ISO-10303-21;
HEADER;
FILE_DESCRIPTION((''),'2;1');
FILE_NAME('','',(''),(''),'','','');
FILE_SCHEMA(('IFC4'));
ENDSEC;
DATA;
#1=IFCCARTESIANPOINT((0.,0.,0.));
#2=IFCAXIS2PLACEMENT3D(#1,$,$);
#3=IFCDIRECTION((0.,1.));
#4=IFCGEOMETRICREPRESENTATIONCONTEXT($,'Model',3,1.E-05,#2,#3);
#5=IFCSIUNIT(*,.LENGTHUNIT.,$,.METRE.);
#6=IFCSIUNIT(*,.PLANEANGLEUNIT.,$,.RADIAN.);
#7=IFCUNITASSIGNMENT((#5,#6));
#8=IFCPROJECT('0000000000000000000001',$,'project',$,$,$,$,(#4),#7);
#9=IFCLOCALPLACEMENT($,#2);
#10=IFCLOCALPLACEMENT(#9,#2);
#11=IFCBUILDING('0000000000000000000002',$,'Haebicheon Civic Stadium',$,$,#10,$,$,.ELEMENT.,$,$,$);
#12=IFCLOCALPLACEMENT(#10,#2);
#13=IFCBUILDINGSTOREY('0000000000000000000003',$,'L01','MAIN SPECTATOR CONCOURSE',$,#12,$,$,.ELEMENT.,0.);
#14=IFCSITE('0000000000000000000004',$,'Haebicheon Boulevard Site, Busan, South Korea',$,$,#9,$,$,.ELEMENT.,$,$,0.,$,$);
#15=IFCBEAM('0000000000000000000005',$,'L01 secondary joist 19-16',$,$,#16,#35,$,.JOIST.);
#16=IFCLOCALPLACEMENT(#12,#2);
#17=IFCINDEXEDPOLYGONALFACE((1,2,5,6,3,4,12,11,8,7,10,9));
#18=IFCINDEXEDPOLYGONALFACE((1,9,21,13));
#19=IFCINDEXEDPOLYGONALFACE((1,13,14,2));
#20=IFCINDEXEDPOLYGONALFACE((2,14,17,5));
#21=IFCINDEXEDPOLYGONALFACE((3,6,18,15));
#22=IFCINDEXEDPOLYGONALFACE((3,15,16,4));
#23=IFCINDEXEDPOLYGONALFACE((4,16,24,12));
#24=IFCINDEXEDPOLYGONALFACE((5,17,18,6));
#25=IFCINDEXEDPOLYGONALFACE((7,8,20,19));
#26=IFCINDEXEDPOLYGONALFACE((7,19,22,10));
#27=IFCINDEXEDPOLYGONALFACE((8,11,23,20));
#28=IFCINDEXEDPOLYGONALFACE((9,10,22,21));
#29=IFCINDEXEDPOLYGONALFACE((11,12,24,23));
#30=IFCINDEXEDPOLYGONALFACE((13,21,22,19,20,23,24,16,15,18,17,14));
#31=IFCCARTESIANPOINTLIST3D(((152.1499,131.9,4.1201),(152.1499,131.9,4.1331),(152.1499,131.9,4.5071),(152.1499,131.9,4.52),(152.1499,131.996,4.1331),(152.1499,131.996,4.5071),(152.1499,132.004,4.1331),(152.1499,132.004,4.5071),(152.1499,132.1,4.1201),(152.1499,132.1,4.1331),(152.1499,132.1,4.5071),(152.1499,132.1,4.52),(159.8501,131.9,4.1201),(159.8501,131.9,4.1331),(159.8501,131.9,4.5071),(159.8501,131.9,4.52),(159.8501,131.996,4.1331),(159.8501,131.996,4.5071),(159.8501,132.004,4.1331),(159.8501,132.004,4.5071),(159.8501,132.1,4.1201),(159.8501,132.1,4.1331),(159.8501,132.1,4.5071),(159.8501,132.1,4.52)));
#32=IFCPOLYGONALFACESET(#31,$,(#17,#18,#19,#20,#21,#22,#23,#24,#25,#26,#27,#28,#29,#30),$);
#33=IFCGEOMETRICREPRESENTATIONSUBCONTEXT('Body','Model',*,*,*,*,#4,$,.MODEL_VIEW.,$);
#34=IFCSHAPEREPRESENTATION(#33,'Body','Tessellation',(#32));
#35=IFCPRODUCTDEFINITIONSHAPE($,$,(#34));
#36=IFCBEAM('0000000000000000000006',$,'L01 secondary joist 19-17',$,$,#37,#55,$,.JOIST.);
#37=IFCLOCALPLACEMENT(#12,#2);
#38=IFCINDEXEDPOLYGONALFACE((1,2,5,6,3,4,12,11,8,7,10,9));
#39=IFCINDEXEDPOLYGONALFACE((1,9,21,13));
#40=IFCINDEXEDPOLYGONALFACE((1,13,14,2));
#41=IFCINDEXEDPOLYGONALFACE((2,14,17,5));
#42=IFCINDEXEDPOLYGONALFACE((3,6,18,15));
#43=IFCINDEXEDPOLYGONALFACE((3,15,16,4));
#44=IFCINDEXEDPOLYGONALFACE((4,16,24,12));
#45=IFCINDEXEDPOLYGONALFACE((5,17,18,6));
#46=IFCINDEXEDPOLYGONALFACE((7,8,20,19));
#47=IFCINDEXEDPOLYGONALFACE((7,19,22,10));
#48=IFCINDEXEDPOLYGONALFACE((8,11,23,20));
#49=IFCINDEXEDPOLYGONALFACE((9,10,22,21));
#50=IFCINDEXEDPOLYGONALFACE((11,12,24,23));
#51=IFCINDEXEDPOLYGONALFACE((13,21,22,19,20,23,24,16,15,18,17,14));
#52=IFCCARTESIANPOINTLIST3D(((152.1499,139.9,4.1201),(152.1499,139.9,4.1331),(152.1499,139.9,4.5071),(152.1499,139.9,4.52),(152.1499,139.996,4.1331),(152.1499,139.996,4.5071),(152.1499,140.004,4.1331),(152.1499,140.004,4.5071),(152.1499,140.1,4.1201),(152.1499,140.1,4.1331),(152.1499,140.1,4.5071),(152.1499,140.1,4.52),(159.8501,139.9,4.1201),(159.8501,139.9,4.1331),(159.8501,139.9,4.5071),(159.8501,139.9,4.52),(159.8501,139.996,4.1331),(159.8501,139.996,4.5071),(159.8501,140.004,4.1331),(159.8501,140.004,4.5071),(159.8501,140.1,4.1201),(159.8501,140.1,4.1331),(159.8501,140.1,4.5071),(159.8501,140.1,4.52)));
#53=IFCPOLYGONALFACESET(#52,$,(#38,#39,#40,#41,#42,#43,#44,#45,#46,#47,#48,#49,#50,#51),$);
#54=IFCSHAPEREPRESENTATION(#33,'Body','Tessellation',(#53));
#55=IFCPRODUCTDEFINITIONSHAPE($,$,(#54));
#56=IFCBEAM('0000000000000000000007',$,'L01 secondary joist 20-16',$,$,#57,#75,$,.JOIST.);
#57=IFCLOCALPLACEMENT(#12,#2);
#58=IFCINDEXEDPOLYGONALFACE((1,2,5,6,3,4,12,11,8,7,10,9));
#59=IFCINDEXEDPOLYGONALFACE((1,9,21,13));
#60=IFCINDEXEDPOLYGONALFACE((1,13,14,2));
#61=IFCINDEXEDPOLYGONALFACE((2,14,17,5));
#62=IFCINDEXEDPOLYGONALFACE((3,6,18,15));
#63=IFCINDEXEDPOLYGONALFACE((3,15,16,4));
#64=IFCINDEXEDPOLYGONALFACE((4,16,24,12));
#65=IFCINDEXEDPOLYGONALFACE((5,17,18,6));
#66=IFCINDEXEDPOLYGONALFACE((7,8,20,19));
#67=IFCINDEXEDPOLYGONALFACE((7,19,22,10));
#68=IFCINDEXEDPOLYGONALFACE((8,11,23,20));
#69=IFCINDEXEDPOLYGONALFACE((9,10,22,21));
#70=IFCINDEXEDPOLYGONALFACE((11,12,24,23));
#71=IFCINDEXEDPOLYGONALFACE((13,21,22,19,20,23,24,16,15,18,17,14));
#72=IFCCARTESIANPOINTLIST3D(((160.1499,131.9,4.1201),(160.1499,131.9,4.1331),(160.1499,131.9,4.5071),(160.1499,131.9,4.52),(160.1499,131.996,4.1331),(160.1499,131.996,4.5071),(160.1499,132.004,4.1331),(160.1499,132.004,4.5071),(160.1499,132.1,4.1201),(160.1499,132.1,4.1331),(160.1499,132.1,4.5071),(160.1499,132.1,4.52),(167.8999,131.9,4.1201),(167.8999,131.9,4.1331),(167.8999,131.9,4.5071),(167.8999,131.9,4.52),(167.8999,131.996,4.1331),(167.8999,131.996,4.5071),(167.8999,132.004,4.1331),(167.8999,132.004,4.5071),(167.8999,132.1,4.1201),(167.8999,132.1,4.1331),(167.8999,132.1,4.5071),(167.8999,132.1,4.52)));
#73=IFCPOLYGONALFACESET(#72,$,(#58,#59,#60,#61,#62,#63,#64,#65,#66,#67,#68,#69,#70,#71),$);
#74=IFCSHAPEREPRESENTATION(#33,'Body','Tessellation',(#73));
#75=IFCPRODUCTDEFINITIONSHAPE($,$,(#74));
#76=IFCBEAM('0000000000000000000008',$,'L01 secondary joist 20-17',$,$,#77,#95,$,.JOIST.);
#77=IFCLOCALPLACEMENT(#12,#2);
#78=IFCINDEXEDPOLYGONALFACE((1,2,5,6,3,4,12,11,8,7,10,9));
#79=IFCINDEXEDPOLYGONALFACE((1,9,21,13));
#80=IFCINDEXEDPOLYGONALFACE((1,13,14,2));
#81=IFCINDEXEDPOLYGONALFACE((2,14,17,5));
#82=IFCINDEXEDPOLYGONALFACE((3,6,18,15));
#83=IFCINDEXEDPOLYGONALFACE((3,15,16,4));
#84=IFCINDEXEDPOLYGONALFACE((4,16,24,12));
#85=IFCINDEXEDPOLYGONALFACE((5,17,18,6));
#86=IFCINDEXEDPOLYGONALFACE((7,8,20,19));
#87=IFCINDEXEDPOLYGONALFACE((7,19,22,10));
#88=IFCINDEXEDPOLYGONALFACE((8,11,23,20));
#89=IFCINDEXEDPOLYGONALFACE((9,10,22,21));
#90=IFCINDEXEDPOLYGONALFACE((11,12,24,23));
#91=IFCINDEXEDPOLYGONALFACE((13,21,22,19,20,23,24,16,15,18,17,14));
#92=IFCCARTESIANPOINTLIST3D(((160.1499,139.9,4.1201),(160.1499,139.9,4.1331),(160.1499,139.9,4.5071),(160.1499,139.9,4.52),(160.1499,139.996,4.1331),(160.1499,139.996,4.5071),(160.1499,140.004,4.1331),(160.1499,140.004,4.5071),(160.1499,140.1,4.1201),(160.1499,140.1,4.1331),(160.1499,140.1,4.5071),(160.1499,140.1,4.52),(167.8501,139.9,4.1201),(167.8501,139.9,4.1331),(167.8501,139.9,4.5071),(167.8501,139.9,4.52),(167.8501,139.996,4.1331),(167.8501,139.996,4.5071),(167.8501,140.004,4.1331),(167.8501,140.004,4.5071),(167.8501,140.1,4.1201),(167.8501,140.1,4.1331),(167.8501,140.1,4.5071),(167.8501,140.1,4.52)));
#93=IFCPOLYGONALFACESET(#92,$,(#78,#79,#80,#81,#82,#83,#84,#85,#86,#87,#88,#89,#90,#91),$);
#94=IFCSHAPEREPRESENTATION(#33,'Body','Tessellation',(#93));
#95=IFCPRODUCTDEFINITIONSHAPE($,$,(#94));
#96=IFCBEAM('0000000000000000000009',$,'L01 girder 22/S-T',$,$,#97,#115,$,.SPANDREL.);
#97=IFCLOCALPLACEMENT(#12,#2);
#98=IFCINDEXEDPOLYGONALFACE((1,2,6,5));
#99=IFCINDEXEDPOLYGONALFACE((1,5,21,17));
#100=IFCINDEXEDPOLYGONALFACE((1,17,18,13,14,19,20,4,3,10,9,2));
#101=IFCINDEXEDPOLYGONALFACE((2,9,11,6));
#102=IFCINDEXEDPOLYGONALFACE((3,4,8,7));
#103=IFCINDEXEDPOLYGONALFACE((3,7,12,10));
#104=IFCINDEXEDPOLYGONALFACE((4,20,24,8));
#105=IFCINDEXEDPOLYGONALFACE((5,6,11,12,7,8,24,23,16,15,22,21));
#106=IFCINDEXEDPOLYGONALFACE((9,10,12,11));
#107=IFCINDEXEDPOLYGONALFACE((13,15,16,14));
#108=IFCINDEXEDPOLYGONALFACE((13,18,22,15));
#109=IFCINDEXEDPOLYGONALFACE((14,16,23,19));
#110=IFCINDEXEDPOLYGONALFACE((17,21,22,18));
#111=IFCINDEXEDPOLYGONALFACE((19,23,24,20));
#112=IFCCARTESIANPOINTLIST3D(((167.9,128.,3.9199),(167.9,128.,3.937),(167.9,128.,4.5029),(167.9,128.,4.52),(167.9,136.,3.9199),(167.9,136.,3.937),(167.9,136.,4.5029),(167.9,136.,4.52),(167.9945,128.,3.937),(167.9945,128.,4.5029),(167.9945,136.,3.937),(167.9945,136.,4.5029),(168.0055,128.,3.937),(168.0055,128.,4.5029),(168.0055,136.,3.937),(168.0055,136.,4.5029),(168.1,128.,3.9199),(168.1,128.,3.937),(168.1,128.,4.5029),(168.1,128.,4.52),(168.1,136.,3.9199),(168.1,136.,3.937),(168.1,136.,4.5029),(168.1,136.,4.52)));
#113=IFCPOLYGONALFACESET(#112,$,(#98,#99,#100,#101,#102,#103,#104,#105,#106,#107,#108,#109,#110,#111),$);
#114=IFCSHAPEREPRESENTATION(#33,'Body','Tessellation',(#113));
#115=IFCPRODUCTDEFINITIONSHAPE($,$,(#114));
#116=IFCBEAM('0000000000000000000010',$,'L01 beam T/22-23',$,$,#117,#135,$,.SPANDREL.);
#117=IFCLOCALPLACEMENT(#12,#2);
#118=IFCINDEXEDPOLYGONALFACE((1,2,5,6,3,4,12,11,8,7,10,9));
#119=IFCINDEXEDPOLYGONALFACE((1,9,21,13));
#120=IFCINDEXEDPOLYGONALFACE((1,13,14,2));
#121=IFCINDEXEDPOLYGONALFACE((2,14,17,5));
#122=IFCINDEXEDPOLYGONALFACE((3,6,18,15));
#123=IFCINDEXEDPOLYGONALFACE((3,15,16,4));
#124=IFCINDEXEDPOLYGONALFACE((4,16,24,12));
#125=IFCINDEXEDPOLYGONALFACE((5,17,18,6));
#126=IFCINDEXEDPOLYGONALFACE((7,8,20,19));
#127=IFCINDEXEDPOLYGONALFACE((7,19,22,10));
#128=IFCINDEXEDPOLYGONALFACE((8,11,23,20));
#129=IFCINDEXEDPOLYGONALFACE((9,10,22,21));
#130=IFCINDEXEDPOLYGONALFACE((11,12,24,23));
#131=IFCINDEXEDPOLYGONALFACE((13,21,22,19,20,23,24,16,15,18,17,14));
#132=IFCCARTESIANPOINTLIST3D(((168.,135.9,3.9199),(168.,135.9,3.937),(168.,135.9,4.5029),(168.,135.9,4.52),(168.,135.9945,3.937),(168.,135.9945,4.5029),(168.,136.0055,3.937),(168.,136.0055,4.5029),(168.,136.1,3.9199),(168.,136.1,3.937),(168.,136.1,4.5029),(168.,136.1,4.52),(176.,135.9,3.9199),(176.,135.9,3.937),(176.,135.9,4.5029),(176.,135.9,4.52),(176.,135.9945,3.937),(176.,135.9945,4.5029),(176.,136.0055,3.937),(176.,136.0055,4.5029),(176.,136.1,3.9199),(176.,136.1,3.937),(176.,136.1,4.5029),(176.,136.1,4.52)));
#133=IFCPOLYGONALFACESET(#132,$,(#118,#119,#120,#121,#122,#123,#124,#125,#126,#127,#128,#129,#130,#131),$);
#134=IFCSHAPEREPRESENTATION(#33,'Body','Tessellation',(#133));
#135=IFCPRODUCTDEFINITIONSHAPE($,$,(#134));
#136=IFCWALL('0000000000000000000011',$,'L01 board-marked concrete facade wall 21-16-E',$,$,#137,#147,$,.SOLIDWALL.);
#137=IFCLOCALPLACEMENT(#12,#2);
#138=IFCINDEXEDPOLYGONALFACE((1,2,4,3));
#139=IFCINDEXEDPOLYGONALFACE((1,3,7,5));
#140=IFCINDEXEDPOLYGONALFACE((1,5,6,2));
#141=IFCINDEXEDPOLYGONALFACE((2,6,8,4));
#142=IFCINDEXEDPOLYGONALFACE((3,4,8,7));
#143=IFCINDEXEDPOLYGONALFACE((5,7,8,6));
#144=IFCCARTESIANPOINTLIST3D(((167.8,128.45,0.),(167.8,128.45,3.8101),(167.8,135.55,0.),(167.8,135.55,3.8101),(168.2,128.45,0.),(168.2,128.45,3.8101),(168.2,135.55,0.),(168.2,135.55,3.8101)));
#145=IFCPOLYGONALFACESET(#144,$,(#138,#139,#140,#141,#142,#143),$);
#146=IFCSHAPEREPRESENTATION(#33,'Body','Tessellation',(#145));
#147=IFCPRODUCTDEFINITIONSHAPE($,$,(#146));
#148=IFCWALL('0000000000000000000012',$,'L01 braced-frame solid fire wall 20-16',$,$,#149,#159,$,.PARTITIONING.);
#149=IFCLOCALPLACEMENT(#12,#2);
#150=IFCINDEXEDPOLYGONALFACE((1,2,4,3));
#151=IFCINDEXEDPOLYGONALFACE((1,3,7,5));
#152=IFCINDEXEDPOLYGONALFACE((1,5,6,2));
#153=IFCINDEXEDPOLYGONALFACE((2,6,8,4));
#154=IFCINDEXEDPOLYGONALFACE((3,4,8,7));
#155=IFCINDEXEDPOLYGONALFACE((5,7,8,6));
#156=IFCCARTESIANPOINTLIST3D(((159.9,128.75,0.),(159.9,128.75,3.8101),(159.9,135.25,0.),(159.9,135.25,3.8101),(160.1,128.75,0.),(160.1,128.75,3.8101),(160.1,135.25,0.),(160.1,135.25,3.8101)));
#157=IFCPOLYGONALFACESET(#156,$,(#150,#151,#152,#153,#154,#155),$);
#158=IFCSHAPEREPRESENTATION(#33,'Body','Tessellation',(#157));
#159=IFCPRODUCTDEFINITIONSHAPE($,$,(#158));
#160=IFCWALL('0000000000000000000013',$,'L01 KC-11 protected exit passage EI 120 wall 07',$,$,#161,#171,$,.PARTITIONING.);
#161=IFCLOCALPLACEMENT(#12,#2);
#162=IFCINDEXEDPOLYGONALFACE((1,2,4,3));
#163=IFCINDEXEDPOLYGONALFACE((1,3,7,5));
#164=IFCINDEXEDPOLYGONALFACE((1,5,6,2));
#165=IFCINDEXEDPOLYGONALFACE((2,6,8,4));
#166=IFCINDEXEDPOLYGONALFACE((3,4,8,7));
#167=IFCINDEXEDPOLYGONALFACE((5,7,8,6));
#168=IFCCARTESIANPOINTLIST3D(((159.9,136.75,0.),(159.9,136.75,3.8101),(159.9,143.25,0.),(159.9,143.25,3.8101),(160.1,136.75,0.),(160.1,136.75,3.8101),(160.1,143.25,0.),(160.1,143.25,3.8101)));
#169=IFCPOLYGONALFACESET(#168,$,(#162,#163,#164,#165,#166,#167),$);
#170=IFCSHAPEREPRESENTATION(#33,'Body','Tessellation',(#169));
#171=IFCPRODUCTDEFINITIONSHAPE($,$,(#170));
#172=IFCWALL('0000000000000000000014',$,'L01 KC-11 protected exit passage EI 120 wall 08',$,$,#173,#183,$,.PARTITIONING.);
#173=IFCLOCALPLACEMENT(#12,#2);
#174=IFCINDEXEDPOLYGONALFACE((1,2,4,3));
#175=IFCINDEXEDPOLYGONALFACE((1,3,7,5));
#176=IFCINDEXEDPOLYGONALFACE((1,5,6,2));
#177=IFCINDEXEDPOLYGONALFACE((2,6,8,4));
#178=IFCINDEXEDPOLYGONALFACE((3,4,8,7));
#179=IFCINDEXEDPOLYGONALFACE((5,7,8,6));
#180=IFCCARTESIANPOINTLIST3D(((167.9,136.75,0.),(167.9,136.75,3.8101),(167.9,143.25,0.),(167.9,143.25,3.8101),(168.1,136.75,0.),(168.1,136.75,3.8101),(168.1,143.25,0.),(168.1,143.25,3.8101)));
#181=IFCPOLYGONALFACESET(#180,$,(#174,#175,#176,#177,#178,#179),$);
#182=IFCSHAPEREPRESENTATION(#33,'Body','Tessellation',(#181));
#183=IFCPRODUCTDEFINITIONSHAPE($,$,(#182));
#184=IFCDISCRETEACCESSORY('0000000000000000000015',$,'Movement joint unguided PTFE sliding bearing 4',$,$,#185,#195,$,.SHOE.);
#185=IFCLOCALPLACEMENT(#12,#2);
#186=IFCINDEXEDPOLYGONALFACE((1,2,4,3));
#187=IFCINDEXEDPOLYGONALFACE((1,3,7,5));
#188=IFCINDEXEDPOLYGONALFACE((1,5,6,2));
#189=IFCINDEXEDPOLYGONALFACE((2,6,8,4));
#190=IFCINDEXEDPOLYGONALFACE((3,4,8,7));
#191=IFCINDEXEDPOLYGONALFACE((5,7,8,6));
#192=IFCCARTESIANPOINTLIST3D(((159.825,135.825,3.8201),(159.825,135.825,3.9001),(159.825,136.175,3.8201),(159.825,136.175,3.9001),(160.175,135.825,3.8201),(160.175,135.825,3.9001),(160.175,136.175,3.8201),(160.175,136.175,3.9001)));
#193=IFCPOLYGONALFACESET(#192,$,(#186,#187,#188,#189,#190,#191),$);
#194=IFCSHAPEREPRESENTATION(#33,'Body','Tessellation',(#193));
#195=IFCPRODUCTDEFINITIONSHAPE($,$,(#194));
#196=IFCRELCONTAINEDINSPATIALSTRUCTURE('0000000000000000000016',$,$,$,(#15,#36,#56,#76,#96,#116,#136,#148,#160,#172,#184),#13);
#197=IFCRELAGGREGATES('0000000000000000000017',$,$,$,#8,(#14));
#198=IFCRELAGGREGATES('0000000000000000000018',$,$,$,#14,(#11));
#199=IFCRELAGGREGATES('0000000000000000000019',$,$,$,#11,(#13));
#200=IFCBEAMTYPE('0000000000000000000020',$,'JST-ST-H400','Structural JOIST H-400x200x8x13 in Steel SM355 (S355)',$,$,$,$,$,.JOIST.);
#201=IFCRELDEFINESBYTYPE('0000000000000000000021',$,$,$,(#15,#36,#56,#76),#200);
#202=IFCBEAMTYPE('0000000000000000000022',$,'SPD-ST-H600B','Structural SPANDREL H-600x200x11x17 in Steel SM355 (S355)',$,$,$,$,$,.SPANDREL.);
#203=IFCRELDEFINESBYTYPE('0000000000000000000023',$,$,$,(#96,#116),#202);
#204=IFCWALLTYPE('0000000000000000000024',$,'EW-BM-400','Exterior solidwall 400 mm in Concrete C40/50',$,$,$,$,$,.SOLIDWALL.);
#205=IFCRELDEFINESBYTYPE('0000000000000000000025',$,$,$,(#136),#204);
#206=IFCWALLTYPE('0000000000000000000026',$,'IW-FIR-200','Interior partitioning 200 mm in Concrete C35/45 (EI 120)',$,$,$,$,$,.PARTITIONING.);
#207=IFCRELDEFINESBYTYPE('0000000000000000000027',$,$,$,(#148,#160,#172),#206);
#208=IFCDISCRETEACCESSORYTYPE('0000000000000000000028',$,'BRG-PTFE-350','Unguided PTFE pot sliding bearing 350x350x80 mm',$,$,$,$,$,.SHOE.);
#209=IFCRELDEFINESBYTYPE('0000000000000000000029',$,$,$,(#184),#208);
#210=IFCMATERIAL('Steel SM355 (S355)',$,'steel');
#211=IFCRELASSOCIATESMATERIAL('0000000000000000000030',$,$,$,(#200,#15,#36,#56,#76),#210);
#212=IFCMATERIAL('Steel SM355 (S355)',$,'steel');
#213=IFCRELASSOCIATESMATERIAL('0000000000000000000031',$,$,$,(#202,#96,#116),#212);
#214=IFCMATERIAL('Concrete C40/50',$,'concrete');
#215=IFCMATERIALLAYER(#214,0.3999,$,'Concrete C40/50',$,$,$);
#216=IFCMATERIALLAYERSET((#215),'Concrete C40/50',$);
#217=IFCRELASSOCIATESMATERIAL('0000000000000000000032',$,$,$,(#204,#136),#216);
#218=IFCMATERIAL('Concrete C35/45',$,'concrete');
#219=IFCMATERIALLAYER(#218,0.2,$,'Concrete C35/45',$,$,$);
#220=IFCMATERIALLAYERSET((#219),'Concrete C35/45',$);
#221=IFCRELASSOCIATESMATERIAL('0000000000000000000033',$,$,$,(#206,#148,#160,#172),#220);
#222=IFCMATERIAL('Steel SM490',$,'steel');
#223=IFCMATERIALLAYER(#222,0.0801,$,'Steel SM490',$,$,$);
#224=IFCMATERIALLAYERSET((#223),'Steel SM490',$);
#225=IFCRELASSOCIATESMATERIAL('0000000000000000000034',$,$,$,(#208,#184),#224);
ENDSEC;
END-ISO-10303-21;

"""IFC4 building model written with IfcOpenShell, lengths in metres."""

from ifc_helpers import new_model, si_unit, direction, frame, frame_2d, origin, origin_2d, place, context, subcontext, project, spatial, rectangle, i_section, extrude, material, layer, layer_set, material_profile, profile_set, type_object, element, save


model = new_model("IFC4")

# Units and contexts
model_context = context("Model", 3, precision=1e-05, world=origin(), true_north=direction((0.0, 1.0)))
body_context = subcontext(model_context, "Body", "Model", "MODEL_VIEW")
ifc_project = project(units=[si_unit("LENGTHUNIT", "METRE"), si_unit("PLANEANGLEUNIT", "RADIAN")], contexts=[model_context])

# Site, building, storey
site_placement = place(None, origin())
site = spatial("IfcSite", under=ifc_project, at=site_placement, Name="Haebicheon Boulevard Site, Busan, South Korea", CompositionType="ELEMENT", RefElevation=0.0)
building_placement = place(site_placement, origin())
building = spatial("IfcBuilding", under=site, at=building_placement, Name="Haebicheon Civic Stadium", CompositionType="ELEMENT")
storey_placement = place(building_placement, origin())
storey = spatial("IfcBuildingStorey", under=building, at=storey_placement, Name="L01", Description="MAIN SPECTATOR CONCOURSE", CompositionType="ELEMENT", Elevation=0.0)

# Beams
ifc_material_1 = material(Name="Steel SM355 (S355)", Category="steel")
ifc_material_profile_1 = material_profile(ifc_material_1, i_section(OverallWidth=0.2, OverallDepth=0.3999, WebThickness=0.0081, FlangeThickness=0.0129, at=origin_2d()), Name="H-400x200x8x13")
ifc_profile_set_1 = profile_set([ifc_material_profile_1], Name="Steel SM355 (S355)")
beam_type_1 = type_object("IfcBeamType", Name="JST-ST-H400", Description="Structural JOIST H-400x200x8x13 in Steel SM355 (S355)", PredefinedType="JOIST", material=ifc_profile_set_1)
for number, where, z_axis, x_axis, name in (
    (1, (152.1499, 132.0, 4.3201), (1.0, 0.0, 0.0), (0.0, 1.0, 0.0), "L01 secondary joist 19-16"),
    (2, (152.1499, 140.0, 4.3201), (1.0, 0.0, 0.0), (0.0, 1.0, 0.0), "L01 secondary joist 19-17"),
):
    element("IfcBeam", number, at=place(storey_placement, frame(where, z_axis=z_axis, x_axis=x_axis)), inside=storey, type_object=beam_type_1, material=ifc_profile_set_1, Name=name, PredefinedType="JOIST", context=body_context, shape_type="SweptSolid", body=[
        extrude(i_section(OverallWidth=0.2, OverallDepth=0.3999, WebThickness=0.0081, FlangeThickness=0.0129, at=origin_2d()), origin(), (0.0, 0.0, 1.0), 7.7002),
    ])
beam_1_placement = place(storey_placement, frame((160.1499, 132.0, 4.3201), z_axis=(1.0, 0.0, 0.0), x_axis=(0.0, 1.0, 0.0)))
element("IfcBeam", 3, at=beam_1_placement, inside=storey, type_object=beam_type_1, material=ifc_profile_set_1, Name="L01 secondary joist 20-16", PredefinedType="JOIST", context=body_context, shape_type="SweptSolid", body=[
    extrude(i_section(OverallWidth=0.2, OverallDepth=0.3999, WebThickness=0.0081, FlangeThickness=0.0129, at=origin_2d()), origin(), (0.0, 0.0, 1.0), 7.75),
])
beam_2_placement = place(storey_placement, frame((160.1499, 140.0, 4.3201), z_axis=(1.0, 0.0, 0.0), x_axis=(0.0, 1.0, 0.0)))
element("IfcBeam", 4, at=beam_2_placement, inside=storey, type_object=beam_type_1, material=ifc_profile_set_1, Name="L01 secondary joist 20-17", PredefinedType="JOIST", context=body_context, shape_type="SweptSolid", body=[
    extrude(i_section(OverallWidth=0.2, OverallDepth=0.3999, WebThickness=0.0081, FlangeThickness=0.0129, at=origin_2d()), origin(), (0.0, 0.0, 1.0), 7.7002),
])
ifc_material_2 = material(Name="Steel SM355 (S355)", Category="steel")
ifc_material_profile_2 = material_profile(ifc_material_2, i_section(OverallWidth=0.2, OverallDepth=0.6001, WebThickness=0.011, FlangeThickness=0.0171, at=origin_2d()), Name="H-600x200x11x17")
ifc_profile_set_2 = profile_set([ifc_material_profile_2], Name="Steel SM355 (S355)")
beam_type_2 = type_object("IfcBeamType", Name="SPD-ST-H600B", Description="Structural SPANDREL H-600x200x11x17 in Steel SM355 (S355)", PredefinedType="SPANDREL", material=ifc_profile_set_2)
for number, where, z_axis, x_axis, name in (
    (5, (168.0, 128.0, 4.22), (0.0, 1.0, 0.0), (-1.0, 0.0, 0.0), "L01 girder 22/S-T"),
    (6, (168.0, 136.0, 4.22), (1.0, 0.0, 0.0), (0.0, 1.0, 0.0), "L01 beam T/22-23"),
):
    element("IfcBeam", number, at=place(storey_placement, frame(where, z_axis=z_axis, x_axis=x_axis)), inside=storey, type_object=beam_type_2, material=ifc_profile_set_2, Name=name, PredefinedType="SPANDREL", context=body_context, shape_type="SweptSolid", body=[
        extrude(i_section(OverallWidth=0.2, OverallDepth=0.6001, WebThickness=0.011, FlangeThickness=0.0171, at=origin_2d()), origin(), (0.0, 0.0, 1.0), 8.0),
    ])

# Walls
ifc_material_3 = material(Name="Concrete C40/50", Category="concrete")
ifc_layer_1 = layer(ifc_material_3, 0.3999, Name="Concrete C40/50")
ifc_layer_set_1 = layer_set([ifc_layer_1], Name="Concrete C40/50")
wall_type_1 = type_object("IfcWallType", Name="EW-BM-400", Description="Exterior solidwall 400 mm in Concrete C40/50", PredefinedType="SOLIDWALL", material=ifc_layer_set_1)
wall_placement = place(storey_placement, frame((168.0, 128.45, 0.0), z_axis=(0.0, 0.0, 1.0), x_axis=(0.0, 1.0, 0.0)))
element("IfcWall", 7, at=wall_placement, inside=storey, type_object=wall_type_1, material=ifc_layer_set_1, Name="L01 board-marked concrete facade wall 21-16-E", PredefinedType="SOLIDWALL", context=body_context, shape_type="SweptSolid", body=[
    extrude(rectangle(XDim=7.1001, YDim=0.3999, at=frame_2d((3.55, 0.0))), origin(), (0.0, 0.0, 1.0), 3.8101),
])
ifc_material_4 = material(Name="Concrete C35/45", Category="concrete")
ifc_layer_2 = layer(ifc_material_4, 0.2, Name="Concrete C35/45")
ifc_layer_set_2 = layer_set([ifc_layer_2], Name="Concrete C35/45")
wall_type_2 = type_object("IfcWallType", Name="IW-FIR-200", Description="Interior partitioning 200 mm in Concrete C35/45 (EI 120)", PredefinedType="PARTITIONING", material=ifc_layer_set_2)
for number, where, z_axis, x_axis, name in (
    (8, (160.0, 128.75, 0.0), (0.0, 0.0, 1.0), (0.0, 1.0, 0.0), "L01 braced-frame solid fire wall 20-16"),
    (9, (160.0, 136.75, 0.0), (0.0, 0.0, 1.0), (0.0, 1.0, 0.0), "L01 KC-11 protected exit passage EI 120 wall 07"),
    (10, (168.0, 136.75, 0.0), (0.0, 0.0, 1.0), (0.0, 1.0, 0.0), "L01 KC-11 protected exit passage EI 120 wall 08"),
):
    element("IfcWall", number, at=place(storey_placement, frame(where, z_axis=z_axis, x_axis=x_axis)), inside=storey, type_object=wall_type_2, material=ifc_layer_set_2, Name=name, PredefinedType="PARTITIONING", context=body_context, shape_type="SweptSolid", body=[
        extrude(rectangle(XDim=6.5, YDim=0.2, at=frame_2d((3.25, 0.0))), origin(), (0.0, 0.0, 1.0), 3.8101),
    ])

# Discrete accessory
ifc_material_5 = material(Name="Steel SM490", Category="steel")
ifc_layer_3 = layer(ifc_material_5, 0.0801, Name="Steel SM490")
ifc_layer_set_3 = layer_set([ifc_layer_3], Name="Steel SM490")
discrete_accessory_type_1 = type_object("IfcDiscreteAccessoryType", Name="BRG-PTFE-350", Description="Unguided PTFE pot sliding bearing 350x350x80 mm", PredefinedType="SHOE", material=ifc_layer_set_3)
discrete_accessory_placement = place(storey_placement, frame((160.0, 136.0, 3.8201), z_axis=(0.0, 0.0, 1.0), x_axis=(1.0, 0.0, 0.0)))
element("IfcDiscreteAccessory", 11, at=discrete_accessory_placement, inside=storey, type_object=discrete_accessory_type_1, material=ifc_layer_set_3, Name="Movement joint unguided PTFE sliding bearing 4", PredefinedType="SHOE", context=body_context, shape_type="SweptSolid", body=[
    extrude(rectangle(XDim=0.3501, YDim=0.3501, at=origin_2d()), origin(), (0.0, 0.0, 1.0), 0.0801),
])

save(model, "model.ifc")
